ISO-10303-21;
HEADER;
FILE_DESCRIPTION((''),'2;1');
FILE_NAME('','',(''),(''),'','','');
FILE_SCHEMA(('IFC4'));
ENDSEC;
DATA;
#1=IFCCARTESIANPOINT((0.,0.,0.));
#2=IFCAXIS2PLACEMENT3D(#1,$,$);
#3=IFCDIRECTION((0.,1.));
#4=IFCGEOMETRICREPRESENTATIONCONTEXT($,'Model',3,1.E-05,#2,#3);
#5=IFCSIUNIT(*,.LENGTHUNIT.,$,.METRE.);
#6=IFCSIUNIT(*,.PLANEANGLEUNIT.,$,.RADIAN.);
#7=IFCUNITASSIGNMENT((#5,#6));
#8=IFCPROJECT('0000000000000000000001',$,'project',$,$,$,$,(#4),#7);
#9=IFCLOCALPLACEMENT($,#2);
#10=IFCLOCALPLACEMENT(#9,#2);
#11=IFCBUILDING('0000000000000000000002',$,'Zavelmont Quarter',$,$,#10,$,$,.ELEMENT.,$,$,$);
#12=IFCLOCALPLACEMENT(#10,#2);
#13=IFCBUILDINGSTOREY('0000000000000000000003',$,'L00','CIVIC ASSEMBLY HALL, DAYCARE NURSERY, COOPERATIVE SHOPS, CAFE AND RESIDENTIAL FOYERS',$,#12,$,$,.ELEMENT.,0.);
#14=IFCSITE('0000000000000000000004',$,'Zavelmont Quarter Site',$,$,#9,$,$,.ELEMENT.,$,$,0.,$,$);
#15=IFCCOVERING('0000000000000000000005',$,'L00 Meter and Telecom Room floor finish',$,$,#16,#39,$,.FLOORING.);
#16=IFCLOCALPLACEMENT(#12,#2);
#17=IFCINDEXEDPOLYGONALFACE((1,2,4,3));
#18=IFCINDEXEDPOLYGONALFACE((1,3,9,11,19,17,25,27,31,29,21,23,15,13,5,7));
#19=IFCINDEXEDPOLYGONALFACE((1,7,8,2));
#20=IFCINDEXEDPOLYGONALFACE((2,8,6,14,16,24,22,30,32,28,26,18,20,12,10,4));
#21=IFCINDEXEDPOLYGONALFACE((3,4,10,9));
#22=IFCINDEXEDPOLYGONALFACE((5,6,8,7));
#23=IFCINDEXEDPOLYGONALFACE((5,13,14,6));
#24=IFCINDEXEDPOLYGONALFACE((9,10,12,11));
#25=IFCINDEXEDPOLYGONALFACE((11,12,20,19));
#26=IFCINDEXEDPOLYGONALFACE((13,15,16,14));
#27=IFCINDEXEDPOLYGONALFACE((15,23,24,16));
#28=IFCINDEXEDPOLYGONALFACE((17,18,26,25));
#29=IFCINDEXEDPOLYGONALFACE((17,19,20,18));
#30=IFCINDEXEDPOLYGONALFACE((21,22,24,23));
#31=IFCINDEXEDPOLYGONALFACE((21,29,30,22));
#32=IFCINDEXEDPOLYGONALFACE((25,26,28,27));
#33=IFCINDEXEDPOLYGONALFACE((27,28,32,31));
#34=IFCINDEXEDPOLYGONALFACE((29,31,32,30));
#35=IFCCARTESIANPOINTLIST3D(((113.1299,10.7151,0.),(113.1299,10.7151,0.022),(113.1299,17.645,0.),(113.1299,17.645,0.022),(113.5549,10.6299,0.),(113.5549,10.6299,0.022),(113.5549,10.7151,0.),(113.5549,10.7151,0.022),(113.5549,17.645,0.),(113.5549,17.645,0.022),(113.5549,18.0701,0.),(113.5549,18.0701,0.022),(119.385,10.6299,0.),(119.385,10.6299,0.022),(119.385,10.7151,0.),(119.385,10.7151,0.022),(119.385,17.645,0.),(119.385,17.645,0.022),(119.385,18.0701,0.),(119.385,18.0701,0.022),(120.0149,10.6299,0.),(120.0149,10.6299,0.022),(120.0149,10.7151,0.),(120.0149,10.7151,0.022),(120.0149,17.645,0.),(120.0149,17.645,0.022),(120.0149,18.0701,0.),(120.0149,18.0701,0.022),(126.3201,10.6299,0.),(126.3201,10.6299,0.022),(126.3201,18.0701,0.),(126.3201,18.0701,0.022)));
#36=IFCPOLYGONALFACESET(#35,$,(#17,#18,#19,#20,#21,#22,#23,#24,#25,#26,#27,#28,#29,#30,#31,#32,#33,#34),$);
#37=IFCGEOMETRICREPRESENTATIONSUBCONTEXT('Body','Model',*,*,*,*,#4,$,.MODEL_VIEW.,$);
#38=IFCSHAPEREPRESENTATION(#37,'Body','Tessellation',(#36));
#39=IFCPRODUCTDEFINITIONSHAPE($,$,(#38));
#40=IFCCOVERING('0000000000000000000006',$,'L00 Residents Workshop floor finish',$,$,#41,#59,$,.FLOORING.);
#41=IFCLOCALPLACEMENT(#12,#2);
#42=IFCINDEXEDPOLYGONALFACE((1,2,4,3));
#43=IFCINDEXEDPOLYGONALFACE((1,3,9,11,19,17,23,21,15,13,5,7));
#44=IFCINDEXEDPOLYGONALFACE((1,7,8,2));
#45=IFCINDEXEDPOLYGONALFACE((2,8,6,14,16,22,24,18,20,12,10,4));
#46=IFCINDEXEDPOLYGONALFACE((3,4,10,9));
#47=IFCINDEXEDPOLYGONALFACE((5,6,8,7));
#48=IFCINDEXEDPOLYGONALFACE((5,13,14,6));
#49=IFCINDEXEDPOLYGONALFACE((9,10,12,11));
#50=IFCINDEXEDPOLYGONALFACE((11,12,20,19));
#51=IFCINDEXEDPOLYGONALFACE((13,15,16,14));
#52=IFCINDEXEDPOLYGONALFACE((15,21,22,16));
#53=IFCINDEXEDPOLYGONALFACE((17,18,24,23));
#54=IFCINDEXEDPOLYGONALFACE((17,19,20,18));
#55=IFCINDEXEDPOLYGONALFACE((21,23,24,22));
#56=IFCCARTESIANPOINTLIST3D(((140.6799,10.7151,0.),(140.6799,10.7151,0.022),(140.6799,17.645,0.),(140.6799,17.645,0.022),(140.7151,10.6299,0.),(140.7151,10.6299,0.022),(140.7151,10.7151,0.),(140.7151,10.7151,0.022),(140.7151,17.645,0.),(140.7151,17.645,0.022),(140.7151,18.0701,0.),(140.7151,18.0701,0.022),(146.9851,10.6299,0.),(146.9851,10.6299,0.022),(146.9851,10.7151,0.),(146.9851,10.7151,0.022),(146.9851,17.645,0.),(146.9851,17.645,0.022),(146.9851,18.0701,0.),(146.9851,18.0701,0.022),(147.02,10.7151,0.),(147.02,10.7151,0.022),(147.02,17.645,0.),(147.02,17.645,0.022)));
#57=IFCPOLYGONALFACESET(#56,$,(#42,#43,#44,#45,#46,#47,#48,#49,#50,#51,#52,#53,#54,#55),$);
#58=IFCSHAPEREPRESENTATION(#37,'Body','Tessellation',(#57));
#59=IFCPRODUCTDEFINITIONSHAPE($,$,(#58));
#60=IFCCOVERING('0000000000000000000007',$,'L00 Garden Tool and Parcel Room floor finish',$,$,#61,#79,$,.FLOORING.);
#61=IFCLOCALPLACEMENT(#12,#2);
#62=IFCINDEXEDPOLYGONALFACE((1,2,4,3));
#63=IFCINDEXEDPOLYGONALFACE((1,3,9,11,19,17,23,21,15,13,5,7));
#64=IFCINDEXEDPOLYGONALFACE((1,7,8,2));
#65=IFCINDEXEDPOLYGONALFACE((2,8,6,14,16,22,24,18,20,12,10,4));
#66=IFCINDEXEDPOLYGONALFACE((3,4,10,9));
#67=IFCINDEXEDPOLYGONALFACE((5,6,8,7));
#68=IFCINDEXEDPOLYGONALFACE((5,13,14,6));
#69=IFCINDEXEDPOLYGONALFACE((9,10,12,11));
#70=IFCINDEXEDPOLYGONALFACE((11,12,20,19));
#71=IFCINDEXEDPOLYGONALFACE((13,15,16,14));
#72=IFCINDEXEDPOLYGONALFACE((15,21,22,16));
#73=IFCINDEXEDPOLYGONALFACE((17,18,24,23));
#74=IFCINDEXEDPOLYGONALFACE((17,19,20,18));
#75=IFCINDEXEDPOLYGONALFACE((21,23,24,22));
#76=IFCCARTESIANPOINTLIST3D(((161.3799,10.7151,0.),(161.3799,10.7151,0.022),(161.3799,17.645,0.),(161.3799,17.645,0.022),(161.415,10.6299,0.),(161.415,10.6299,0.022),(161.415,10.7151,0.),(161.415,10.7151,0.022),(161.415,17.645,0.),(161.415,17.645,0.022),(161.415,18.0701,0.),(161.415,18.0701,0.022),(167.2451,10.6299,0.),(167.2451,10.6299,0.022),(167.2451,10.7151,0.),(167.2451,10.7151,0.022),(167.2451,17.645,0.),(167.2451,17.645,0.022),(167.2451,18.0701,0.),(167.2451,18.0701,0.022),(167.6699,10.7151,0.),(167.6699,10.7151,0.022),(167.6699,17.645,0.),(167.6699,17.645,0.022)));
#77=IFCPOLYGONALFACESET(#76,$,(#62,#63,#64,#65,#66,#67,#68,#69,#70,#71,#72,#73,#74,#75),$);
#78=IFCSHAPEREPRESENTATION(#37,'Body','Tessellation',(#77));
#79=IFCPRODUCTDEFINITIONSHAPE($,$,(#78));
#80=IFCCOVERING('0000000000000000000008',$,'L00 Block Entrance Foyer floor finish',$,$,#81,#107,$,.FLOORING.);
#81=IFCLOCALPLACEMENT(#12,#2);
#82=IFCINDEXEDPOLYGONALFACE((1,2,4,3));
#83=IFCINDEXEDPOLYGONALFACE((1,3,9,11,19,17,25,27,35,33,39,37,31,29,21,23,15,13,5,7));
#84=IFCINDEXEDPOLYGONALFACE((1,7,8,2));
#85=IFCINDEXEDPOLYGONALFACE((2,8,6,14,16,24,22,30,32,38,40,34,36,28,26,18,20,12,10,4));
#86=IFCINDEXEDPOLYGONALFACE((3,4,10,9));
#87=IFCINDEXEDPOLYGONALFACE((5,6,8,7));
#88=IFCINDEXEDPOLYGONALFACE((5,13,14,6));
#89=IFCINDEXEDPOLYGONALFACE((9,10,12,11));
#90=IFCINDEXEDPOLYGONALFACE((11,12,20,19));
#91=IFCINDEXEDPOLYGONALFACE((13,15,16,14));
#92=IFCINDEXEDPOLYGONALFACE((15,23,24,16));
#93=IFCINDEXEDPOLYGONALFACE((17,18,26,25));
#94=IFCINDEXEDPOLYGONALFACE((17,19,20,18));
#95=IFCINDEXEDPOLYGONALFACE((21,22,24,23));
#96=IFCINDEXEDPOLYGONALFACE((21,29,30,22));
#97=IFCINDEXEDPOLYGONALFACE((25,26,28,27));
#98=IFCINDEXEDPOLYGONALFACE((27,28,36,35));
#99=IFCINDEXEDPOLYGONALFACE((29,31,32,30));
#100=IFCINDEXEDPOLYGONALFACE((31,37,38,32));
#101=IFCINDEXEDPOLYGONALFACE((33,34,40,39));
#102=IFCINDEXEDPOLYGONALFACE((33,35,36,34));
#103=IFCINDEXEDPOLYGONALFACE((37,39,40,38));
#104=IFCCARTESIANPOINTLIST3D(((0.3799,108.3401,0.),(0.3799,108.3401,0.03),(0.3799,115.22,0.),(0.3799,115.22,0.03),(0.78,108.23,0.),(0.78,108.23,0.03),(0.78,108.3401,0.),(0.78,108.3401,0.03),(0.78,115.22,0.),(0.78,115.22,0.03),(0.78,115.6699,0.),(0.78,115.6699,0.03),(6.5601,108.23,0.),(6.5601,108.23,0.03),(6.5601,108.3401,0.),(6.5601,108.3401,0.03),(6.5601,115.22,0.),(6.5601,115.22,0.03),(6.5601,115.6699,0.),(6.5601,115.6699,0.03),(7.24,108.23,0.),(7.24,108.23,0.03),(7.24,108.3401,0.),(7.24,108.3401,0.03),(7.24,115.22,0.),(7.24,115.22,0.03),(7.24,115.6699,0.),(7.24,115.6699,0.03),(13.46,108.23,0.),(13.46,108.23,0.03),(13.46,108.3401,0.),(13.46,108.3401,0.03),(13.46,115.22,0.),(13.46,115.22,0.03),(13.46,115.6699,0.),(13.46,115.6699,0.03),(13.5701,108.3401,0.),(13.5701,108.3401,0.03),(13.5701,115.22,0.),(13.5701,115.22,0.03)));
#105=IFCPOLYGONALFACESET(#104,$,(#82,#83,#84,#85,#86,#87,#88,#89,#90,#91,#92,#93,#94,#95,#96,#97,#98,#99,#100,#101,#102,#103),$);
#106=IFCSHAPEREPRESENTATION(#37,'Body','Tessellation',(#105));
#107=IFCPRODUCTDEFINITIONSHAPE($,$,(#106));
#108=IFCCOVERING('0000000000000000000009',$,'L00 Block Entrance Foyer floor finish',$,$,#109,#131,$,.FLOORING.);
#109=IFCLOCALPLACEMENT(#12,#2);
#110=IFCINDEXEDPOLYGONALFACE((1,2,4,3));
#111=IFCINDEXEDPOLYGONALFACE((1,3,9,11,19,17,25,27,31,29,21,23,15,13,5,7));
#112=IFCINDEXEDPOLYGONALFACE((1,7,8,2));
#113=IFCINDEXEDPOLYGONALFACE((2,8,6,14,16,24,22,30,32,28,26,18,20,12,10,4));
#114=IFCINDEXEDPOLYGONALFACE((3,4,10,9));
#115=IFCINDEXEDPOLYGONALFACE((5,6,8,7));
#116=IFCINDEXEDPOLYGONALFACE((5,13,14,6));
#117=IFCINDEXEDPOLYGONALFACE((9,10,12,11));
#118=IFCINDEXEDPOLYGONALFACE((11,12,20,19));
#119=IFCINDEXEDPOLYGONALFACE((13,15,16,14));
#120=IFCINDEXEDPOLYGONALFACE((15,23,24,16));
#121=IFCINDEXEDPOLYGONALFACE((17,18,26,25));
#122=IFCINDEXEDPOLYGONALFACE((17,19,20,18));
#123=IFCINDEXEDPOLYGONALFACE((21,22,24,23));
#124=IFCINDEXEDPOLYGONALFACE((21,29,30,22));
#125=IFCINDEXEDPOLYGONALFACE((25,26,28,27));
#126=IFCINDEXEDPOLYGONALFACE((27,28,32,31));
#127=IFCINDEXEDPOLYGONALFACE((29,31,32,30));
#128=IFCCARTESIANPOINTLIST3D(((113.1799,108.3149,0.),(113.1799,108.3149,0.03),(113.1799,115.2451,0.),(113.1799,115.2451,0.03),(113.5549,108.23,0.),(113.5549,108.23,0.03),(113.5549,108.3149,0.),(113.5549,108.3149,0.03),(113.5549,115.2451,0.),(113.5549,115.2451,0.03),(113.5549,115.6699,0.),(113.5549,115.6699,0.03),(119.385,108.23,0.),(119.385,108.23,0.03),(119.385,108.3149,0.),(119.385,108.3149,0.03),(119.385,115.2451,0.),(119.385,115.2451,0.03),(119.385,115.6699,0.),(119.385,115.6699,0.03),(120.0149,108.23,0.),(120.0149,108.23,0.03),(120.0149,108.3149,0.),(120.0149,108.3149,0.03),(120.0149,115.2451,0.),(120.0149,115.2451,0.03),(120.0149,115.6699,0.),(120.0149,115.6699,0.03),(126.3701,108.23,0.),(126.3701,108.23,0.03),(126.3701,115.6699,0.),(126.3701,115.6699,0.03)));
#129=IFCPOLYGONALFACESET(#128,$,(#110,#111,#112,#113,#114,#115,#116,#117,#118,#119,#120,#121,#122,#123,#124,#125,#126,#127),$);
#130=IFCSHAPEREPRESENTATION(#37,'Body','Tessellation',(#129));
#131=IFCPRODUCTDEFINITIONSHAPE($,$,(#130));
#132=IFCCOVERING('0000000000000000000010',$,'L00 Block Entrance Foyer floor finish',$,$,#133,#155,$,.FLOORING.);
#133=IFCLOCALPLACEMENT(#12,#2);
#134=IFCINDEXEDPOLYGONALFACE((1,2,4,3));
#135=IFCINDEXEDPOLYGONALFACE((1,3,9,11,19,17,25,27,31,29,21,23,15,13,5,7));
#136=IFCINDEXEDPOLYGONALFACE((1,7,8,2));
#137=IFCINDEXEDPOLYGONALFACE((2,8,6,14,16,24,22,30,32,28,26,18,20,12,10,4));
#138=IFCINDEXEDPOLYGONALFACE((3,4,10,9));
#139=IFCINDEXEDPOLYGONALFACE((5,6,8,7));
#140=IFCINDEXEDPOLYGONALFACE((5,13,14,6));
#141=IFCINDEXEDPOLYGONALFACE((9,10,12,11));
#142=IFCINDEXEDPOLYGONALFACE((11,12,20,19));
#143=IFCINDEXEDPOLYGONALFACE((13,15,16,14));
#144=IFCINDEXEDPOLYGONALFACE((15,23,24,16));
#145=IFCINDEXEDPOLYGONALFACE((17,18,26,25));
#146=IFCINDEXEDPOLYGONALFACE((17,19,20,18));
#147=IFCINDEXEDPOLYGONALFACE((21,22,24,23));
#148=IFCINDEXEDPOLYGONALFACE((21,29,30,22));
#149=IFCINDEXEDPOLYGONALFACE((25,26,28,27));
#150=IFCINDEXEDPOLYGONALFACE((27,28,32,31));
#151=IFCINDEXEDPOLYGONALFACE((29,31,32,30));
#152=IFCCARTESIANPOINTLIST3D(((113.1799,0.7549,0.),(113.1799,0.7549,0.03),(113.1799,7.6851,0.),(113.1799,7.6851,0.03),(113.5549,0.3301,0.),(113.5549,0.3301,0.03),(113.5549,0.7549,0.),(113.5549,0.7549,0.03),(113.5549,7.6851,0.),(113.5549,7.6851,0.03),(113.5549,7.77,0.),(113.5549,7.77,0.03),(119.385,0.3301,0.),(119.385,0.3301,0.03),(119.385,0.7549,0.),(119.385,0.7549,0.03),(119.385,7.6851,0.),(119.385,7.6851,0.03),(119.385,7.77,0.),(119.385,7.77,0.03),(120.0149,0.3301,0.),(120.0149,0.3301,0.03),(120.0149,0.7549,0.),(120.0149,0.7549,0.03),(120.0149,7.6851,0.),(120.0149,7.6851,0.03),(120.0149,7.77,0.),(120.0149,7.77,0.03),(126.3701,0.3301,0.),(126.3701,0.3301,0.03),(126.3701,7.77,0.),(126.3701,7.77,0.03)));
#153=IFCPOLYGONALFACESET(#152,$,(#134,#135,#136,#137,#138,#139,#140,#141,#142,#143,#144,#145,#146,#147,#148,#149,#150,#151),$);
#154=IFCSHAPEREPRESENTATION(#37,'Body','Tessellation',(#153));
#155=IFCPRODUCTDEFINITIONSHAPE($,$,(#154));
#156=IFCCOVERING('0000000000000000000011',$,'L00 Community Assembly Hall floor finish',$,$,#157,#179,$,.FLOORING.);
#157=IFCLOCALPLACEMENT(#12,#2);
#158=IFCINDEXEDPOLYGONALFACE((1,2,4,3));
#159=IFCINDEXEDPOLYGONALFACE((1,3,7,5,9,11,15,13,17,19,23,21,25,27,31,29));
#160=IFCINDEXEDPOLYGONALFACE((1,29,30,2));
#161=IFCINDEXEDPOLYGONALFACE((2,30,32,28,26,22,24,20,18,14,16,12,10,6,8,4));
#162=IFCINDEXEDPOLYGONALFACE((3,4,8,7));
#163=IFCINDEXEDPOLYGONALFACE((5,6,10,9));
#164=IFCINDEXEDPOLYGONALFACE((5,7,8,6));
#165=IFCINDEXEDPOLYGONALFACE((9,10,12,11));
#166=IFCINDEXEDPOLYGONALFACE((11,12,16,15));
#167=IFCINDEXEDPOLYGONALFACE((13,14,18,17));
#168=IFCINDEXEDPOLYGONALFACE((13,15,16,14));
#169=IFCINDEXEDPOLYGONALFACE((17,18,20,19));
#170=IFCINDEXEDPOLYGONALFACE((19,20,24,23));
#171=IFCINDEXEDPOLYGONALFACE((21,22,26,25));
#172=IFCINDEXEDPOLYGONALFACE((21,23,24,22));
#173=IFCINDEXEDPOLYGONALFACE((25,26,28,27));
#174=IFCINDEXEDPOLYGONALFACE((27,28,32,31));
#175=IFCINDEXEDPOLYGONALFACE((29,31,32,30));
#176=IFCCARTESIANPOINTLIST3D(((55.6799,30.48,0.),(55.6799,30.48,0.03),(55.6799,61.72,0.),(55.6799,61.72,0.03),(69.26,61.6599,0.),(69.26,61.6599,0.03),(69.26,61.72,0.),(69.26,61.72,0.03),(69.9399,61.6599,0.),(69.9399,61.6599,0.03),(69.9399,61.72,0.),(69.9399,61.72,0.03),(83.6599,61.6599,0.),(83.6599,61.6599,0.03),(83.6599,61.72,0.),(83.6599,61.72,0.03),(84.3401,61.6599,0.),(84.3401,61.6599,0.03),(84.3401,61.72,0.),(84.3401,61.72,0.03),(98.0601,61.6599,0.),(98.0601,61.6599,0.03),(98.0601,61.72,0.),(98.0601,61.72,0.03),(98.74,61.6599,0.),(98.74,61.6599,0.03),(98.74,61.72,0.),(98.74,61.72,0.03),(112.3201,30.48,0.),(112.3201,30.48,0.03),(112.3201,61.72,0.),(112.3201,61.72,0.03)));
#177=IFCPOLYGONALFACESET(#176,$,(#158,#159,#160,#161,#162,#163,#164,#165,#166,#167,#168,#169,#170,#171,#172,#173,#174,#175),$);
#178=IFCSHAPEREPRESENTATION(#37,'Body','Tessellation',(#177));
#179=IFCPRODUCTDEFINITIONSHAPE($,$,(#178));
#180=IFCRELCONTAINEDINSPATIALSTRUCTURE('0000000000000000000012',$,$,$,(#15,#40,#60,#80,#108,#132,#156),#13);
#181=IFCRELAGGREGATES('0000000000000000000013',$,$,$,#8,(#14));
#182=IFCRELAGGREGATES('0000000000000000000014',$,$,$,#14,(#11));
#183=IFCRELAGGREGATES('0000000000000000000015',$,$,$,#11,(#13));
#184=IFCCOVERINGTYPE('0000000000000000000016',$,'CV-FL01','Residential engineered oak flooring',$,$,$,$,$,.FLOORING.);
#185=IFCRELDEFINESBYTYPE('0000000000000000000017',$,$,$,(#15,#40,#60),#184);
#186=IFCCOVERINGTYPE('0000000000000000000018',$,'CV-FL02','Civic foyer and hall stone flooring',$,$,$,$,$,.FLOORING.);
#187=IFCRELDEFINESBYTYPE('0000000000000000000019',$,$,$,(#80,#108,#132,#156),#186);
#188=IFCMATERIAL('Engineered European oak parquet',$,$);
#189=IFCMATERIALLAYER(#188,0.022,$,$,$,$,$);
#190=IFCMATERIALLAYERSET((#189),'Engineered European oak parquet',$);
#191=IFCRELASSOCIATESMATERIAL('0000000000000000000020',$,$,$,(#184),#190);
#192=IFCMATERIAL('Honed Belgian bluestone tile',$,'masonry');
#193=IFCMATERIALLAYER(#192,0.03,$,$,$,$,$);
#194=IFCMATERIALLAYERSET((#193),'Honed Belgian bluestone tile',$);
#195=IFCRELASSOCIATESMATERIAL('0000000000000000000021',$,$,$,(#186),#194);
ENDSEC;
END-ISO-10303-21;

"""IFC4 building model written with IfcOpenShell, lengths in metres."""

from ifc_helpers import new_model, si_unit, direction, origin, place, context, subcontext, project, spatial, polyline, outline, extrude, material, layer, layer_set, type_object, element, save


model = new_model("IFC4")

# Units and contexts
model_context = context("Model", 3, precision=1e-05, world=origin(), true_north=direction((0.0, 1.0)))
body_context = subcontext(model_context, "Body", "Model", "MODEL_VIEW")
ifc_project = project(units=[si_unit("LENGTHUNIT", "METRE"), si_unit("PLANEANGLEUNIT", "RADIAN")], contexts=[model_context])

# Site, building, storey
site_placement = place(None, origin())
site = spatial("IfcSite", under=ifc_project, at=site_placement, Name="Zavelmont Quarter Site", CompositionType="ELEMENT", RefElevation=0.0)
building_placement = place(site_placement, origin())
building = spatial("IfcBuilding", under=site, at=building_placement, Name="Zavelmont Quarter", CompositionType="ELEMENT")
storey_placement = place(building_placement, origin())
storey = spatial("IfcBuildingStorey", under=building, at=storey_placement, Name="L00", Description="CIVIC ASSEMBLY HALL, DAYCARE NURSERY, COOPERATIVE SHOPS, CAFE AND RESIDENTIAL FOYERS", CompositionType="ELEMENT", Elevation=0.0)

# Coverings
ifc_material_1 = material(Name="Engineered European oak parquet")
ifc_layer_1 = layer(ifc_material_1, 0.022)
ifc_layer_set_1 = layer_set([ifc_layer_1], Name="Engineered European oak parquet")
covering_type_1 = type_object("IfcCoveringType", Name="CV-FL01", Description="Residential engineered oak flooring", PredefinedType="FLOORING", material=ifc_layer_set_1)
covering_1_placement = place(storey_placement, origin())
element("IfcCovering", 1, at=covering_1_placement, inside=storey, type_object=covering_type_1, Name="L00 Meter and Telecom Room floor finish", PredefinedType="FLOORING", context=body_context, shape_type="SweptSolid", body=[
    extrude(outline(polyline([(113.1299, 17.645), (113.5549, 17.645), (113.5549, 18.0701), (119.385, 18.0701), (119.385, 17.645), (120.0149, 17.645), (120.0149, 18.0701), (126.3201, 18.0701), (126.3201, 10.6299), (120.0149, 10.6299), (120.0149, 10.7151), (119.385, 10.7151), (119.385, 10.6299), (113.5549, 10.6299), (113.5549, 10.7151), (113.1299, 10.7151), (113.1299, 17.645)])), origin(), (0.0, 0.0, 1.0), 0.022),
])
covering_2_placement = place(storey_placement, origin())
element("IfcCovering", 2, at=covering_2_placement, inside=storey, type_object=covering_type_1, Name="L00 Residents Workshop floor finish", PredefinedType="FLOORING", context=body_context, shape_type="SweptSolid", body=[
    extrude(outline(polyline([(140.6799, 17.645), (140.7151, 17.645), (140.7151, 18.0701), (146.9851, 18.0701), (146.9851, 17.645), (147.02, 17.645), (147.02, 10.7151), (146.9851, 10.7151), (146.9851, 10.6299), (140.7151, 10.6299), (140.7151, 10.7151), (140.6799, 10.7151), (140.6799, 17.645)])), origin(), (0.0, 0.0, 1.0), 0.022),
])
covering_3_placement = place(storey_placement, origin())
element("IfcCovering", 3, at=covering_3_placement, inside=storey, type_object=covering_type_1, Name="L00 Garden Tool and Parcel Room floor finish", PredefinedType="FLOORING", context=body_context, shape_type="SweptSolid", body=[
    extrude(outline(polyline([(161.3799, 17.645), (161.415, 17.645), (161.415, 18.0701), (167.2451, 18.0701), (167.2451, 17.645), (167.6699, 17.645), (167.6699, 10.7151), (167.2451, 10.7151), (167.2451, 10.6299), (161.415, 10.6299), (161.415, 10.7151), (161.3799, 10.7151), (161.3799, 17.645)])), origin(), (0.0, 0.0, 1.0), 0.022),
])
ifc_material_2 = material(Name="Honed Belgian bluestone tile", Category="masonry")
ifc_layer_2 = layer(ifc_material_2, 0.03)
ifc_layer_set_2 = layer_set([ifc_layer_2], Name="Honed Belgian bluestone tile")
covering_type_2 = type_object("IfcCoveringType", Name="CV-FL02", Description="Civic foyer and hall stone flooring", PredefinedType="FLOORING", material=ifc_layer_set_2)
covering_4_placement = place(storey_placement, origin())
element("IfcCovering", 4, at=covering_4_placement, inside=storey, type_object=covering_type_2, Name="L00 Block Entrance Foyer floor finish", PredefinedType="FLOORING", context=body_context, shape_type="SweptSolid", body=[
    extrude(outline(polyline([(0.3799, 115.22), (0.78, 115.22), (0.78, 115.6699), (6.5601, 115.6699), (6.5601, 115.22), (7.24, 115.22), (7.24, 115.6699), (13.46, 115.6699), (13.46, 115.22), (13.5701, 115.22), (13.5701, 108.3401), (13.46, 108.3401), (13.46, 108.23), (7.24, 108.23), (7.24, 108.3401), (6.5601, 108.3401), (6.5601, 108.23), (0.78, 108.23), (0.78, 108.3401), (0.3799, 108.3401), (0.3799, 115.22)])), origin(), (0.0, 0.0, 1.0), 0.03),
])
covering_5_placement = place(storey_placement, origin())
element("IfcCovering", 5, at=covering_5_placement, inside=storey, type_object=covering_type_2, Name="L00 Block Entrance Foyer floor finish", PredefinedType="FLOORING", context=body_context, shape_type="SweptSolid", body=[
    extrude(outline(polyline([(113.1799, 115.2451), (113.5549, 115.2451), (113.5549, 115.6699), (119.385, 115.6699), (119.385, 115.2451), (120.0149, 115.2451), (120.0149, 115.6699), (126.3701, 115.6699), (126.3701, 108.23), (120.0149, 108.23), (120.0149, 108.3149), (119.385, 108.3149), (119.385, 108.23), (113.5549, 108.23), (113.5549, 108.3149), (113.1799, 108.3149), (113.1799, 115.2451)])), origin(), (0.0, 0.0, 1.0), 0.03),
])
covering_6_placement = place(storey_placement, origin())
element("IfcCovering", 6, at=covering_6_placement, inside=storey, type_object=covering_type_2, Name="L00 Block Entrance Foyer floor finish", PredefinedType="FLOORING", context=body_context, shape_type="SweptSolid", body=[
    extrude(outline(polyline([(113.1799, 7.6851), (113.5549, 7.6851), (113.5549, 7.77), (119.385, 7.77), (119.385, 7.6851), (120.0149, 7.6851), (120.0149, 7.77), (126.3701, 7.77), (126.3701, 0.3301), (120.0149, 0.3301), (120.0149, 0.7549), (119.385, 0.7549), (119.385, 0.3301), (113.5549, 0.3301), (113.5549, 0.7549), (113.1799, 0.7549), (113.1799, 7.6851)])), origin(), (0.0, 0.0, 1.0), 0.03),
])
covering_7_placement = place(storey_placement, origin())
element("IfcCovering", 7, at=covering_7_placement, inside=storey, type_object=covering_type_2, Name="L00 Community Assembly Hall floor finish", PredefinedType="FLOORING", context=body_context, shape_type="SweptSolid", body=[
    extrude(outline(polyline([(55.6799, 61.72), (69.26, 61.72), (69.26, 61.6599), (69.9399, 61.6599), (69.9399, 61.72), (83.6599, 61.72), (83.6599, 61.6599), (84.3401, 61.6599), (84.3401, 61.72), (98.0601, 61.72), (98.0601, 61.6599), (98.74, 61.6599), (98.74, 61.72), (112.3201, 61.72), (112.3201, 30.48), (55.6799, 30.48), (55.6799, 61.72)])), origin(), (0.0, 0.0, 1.0), 0.03),
])

save(model, "model.ifc")
